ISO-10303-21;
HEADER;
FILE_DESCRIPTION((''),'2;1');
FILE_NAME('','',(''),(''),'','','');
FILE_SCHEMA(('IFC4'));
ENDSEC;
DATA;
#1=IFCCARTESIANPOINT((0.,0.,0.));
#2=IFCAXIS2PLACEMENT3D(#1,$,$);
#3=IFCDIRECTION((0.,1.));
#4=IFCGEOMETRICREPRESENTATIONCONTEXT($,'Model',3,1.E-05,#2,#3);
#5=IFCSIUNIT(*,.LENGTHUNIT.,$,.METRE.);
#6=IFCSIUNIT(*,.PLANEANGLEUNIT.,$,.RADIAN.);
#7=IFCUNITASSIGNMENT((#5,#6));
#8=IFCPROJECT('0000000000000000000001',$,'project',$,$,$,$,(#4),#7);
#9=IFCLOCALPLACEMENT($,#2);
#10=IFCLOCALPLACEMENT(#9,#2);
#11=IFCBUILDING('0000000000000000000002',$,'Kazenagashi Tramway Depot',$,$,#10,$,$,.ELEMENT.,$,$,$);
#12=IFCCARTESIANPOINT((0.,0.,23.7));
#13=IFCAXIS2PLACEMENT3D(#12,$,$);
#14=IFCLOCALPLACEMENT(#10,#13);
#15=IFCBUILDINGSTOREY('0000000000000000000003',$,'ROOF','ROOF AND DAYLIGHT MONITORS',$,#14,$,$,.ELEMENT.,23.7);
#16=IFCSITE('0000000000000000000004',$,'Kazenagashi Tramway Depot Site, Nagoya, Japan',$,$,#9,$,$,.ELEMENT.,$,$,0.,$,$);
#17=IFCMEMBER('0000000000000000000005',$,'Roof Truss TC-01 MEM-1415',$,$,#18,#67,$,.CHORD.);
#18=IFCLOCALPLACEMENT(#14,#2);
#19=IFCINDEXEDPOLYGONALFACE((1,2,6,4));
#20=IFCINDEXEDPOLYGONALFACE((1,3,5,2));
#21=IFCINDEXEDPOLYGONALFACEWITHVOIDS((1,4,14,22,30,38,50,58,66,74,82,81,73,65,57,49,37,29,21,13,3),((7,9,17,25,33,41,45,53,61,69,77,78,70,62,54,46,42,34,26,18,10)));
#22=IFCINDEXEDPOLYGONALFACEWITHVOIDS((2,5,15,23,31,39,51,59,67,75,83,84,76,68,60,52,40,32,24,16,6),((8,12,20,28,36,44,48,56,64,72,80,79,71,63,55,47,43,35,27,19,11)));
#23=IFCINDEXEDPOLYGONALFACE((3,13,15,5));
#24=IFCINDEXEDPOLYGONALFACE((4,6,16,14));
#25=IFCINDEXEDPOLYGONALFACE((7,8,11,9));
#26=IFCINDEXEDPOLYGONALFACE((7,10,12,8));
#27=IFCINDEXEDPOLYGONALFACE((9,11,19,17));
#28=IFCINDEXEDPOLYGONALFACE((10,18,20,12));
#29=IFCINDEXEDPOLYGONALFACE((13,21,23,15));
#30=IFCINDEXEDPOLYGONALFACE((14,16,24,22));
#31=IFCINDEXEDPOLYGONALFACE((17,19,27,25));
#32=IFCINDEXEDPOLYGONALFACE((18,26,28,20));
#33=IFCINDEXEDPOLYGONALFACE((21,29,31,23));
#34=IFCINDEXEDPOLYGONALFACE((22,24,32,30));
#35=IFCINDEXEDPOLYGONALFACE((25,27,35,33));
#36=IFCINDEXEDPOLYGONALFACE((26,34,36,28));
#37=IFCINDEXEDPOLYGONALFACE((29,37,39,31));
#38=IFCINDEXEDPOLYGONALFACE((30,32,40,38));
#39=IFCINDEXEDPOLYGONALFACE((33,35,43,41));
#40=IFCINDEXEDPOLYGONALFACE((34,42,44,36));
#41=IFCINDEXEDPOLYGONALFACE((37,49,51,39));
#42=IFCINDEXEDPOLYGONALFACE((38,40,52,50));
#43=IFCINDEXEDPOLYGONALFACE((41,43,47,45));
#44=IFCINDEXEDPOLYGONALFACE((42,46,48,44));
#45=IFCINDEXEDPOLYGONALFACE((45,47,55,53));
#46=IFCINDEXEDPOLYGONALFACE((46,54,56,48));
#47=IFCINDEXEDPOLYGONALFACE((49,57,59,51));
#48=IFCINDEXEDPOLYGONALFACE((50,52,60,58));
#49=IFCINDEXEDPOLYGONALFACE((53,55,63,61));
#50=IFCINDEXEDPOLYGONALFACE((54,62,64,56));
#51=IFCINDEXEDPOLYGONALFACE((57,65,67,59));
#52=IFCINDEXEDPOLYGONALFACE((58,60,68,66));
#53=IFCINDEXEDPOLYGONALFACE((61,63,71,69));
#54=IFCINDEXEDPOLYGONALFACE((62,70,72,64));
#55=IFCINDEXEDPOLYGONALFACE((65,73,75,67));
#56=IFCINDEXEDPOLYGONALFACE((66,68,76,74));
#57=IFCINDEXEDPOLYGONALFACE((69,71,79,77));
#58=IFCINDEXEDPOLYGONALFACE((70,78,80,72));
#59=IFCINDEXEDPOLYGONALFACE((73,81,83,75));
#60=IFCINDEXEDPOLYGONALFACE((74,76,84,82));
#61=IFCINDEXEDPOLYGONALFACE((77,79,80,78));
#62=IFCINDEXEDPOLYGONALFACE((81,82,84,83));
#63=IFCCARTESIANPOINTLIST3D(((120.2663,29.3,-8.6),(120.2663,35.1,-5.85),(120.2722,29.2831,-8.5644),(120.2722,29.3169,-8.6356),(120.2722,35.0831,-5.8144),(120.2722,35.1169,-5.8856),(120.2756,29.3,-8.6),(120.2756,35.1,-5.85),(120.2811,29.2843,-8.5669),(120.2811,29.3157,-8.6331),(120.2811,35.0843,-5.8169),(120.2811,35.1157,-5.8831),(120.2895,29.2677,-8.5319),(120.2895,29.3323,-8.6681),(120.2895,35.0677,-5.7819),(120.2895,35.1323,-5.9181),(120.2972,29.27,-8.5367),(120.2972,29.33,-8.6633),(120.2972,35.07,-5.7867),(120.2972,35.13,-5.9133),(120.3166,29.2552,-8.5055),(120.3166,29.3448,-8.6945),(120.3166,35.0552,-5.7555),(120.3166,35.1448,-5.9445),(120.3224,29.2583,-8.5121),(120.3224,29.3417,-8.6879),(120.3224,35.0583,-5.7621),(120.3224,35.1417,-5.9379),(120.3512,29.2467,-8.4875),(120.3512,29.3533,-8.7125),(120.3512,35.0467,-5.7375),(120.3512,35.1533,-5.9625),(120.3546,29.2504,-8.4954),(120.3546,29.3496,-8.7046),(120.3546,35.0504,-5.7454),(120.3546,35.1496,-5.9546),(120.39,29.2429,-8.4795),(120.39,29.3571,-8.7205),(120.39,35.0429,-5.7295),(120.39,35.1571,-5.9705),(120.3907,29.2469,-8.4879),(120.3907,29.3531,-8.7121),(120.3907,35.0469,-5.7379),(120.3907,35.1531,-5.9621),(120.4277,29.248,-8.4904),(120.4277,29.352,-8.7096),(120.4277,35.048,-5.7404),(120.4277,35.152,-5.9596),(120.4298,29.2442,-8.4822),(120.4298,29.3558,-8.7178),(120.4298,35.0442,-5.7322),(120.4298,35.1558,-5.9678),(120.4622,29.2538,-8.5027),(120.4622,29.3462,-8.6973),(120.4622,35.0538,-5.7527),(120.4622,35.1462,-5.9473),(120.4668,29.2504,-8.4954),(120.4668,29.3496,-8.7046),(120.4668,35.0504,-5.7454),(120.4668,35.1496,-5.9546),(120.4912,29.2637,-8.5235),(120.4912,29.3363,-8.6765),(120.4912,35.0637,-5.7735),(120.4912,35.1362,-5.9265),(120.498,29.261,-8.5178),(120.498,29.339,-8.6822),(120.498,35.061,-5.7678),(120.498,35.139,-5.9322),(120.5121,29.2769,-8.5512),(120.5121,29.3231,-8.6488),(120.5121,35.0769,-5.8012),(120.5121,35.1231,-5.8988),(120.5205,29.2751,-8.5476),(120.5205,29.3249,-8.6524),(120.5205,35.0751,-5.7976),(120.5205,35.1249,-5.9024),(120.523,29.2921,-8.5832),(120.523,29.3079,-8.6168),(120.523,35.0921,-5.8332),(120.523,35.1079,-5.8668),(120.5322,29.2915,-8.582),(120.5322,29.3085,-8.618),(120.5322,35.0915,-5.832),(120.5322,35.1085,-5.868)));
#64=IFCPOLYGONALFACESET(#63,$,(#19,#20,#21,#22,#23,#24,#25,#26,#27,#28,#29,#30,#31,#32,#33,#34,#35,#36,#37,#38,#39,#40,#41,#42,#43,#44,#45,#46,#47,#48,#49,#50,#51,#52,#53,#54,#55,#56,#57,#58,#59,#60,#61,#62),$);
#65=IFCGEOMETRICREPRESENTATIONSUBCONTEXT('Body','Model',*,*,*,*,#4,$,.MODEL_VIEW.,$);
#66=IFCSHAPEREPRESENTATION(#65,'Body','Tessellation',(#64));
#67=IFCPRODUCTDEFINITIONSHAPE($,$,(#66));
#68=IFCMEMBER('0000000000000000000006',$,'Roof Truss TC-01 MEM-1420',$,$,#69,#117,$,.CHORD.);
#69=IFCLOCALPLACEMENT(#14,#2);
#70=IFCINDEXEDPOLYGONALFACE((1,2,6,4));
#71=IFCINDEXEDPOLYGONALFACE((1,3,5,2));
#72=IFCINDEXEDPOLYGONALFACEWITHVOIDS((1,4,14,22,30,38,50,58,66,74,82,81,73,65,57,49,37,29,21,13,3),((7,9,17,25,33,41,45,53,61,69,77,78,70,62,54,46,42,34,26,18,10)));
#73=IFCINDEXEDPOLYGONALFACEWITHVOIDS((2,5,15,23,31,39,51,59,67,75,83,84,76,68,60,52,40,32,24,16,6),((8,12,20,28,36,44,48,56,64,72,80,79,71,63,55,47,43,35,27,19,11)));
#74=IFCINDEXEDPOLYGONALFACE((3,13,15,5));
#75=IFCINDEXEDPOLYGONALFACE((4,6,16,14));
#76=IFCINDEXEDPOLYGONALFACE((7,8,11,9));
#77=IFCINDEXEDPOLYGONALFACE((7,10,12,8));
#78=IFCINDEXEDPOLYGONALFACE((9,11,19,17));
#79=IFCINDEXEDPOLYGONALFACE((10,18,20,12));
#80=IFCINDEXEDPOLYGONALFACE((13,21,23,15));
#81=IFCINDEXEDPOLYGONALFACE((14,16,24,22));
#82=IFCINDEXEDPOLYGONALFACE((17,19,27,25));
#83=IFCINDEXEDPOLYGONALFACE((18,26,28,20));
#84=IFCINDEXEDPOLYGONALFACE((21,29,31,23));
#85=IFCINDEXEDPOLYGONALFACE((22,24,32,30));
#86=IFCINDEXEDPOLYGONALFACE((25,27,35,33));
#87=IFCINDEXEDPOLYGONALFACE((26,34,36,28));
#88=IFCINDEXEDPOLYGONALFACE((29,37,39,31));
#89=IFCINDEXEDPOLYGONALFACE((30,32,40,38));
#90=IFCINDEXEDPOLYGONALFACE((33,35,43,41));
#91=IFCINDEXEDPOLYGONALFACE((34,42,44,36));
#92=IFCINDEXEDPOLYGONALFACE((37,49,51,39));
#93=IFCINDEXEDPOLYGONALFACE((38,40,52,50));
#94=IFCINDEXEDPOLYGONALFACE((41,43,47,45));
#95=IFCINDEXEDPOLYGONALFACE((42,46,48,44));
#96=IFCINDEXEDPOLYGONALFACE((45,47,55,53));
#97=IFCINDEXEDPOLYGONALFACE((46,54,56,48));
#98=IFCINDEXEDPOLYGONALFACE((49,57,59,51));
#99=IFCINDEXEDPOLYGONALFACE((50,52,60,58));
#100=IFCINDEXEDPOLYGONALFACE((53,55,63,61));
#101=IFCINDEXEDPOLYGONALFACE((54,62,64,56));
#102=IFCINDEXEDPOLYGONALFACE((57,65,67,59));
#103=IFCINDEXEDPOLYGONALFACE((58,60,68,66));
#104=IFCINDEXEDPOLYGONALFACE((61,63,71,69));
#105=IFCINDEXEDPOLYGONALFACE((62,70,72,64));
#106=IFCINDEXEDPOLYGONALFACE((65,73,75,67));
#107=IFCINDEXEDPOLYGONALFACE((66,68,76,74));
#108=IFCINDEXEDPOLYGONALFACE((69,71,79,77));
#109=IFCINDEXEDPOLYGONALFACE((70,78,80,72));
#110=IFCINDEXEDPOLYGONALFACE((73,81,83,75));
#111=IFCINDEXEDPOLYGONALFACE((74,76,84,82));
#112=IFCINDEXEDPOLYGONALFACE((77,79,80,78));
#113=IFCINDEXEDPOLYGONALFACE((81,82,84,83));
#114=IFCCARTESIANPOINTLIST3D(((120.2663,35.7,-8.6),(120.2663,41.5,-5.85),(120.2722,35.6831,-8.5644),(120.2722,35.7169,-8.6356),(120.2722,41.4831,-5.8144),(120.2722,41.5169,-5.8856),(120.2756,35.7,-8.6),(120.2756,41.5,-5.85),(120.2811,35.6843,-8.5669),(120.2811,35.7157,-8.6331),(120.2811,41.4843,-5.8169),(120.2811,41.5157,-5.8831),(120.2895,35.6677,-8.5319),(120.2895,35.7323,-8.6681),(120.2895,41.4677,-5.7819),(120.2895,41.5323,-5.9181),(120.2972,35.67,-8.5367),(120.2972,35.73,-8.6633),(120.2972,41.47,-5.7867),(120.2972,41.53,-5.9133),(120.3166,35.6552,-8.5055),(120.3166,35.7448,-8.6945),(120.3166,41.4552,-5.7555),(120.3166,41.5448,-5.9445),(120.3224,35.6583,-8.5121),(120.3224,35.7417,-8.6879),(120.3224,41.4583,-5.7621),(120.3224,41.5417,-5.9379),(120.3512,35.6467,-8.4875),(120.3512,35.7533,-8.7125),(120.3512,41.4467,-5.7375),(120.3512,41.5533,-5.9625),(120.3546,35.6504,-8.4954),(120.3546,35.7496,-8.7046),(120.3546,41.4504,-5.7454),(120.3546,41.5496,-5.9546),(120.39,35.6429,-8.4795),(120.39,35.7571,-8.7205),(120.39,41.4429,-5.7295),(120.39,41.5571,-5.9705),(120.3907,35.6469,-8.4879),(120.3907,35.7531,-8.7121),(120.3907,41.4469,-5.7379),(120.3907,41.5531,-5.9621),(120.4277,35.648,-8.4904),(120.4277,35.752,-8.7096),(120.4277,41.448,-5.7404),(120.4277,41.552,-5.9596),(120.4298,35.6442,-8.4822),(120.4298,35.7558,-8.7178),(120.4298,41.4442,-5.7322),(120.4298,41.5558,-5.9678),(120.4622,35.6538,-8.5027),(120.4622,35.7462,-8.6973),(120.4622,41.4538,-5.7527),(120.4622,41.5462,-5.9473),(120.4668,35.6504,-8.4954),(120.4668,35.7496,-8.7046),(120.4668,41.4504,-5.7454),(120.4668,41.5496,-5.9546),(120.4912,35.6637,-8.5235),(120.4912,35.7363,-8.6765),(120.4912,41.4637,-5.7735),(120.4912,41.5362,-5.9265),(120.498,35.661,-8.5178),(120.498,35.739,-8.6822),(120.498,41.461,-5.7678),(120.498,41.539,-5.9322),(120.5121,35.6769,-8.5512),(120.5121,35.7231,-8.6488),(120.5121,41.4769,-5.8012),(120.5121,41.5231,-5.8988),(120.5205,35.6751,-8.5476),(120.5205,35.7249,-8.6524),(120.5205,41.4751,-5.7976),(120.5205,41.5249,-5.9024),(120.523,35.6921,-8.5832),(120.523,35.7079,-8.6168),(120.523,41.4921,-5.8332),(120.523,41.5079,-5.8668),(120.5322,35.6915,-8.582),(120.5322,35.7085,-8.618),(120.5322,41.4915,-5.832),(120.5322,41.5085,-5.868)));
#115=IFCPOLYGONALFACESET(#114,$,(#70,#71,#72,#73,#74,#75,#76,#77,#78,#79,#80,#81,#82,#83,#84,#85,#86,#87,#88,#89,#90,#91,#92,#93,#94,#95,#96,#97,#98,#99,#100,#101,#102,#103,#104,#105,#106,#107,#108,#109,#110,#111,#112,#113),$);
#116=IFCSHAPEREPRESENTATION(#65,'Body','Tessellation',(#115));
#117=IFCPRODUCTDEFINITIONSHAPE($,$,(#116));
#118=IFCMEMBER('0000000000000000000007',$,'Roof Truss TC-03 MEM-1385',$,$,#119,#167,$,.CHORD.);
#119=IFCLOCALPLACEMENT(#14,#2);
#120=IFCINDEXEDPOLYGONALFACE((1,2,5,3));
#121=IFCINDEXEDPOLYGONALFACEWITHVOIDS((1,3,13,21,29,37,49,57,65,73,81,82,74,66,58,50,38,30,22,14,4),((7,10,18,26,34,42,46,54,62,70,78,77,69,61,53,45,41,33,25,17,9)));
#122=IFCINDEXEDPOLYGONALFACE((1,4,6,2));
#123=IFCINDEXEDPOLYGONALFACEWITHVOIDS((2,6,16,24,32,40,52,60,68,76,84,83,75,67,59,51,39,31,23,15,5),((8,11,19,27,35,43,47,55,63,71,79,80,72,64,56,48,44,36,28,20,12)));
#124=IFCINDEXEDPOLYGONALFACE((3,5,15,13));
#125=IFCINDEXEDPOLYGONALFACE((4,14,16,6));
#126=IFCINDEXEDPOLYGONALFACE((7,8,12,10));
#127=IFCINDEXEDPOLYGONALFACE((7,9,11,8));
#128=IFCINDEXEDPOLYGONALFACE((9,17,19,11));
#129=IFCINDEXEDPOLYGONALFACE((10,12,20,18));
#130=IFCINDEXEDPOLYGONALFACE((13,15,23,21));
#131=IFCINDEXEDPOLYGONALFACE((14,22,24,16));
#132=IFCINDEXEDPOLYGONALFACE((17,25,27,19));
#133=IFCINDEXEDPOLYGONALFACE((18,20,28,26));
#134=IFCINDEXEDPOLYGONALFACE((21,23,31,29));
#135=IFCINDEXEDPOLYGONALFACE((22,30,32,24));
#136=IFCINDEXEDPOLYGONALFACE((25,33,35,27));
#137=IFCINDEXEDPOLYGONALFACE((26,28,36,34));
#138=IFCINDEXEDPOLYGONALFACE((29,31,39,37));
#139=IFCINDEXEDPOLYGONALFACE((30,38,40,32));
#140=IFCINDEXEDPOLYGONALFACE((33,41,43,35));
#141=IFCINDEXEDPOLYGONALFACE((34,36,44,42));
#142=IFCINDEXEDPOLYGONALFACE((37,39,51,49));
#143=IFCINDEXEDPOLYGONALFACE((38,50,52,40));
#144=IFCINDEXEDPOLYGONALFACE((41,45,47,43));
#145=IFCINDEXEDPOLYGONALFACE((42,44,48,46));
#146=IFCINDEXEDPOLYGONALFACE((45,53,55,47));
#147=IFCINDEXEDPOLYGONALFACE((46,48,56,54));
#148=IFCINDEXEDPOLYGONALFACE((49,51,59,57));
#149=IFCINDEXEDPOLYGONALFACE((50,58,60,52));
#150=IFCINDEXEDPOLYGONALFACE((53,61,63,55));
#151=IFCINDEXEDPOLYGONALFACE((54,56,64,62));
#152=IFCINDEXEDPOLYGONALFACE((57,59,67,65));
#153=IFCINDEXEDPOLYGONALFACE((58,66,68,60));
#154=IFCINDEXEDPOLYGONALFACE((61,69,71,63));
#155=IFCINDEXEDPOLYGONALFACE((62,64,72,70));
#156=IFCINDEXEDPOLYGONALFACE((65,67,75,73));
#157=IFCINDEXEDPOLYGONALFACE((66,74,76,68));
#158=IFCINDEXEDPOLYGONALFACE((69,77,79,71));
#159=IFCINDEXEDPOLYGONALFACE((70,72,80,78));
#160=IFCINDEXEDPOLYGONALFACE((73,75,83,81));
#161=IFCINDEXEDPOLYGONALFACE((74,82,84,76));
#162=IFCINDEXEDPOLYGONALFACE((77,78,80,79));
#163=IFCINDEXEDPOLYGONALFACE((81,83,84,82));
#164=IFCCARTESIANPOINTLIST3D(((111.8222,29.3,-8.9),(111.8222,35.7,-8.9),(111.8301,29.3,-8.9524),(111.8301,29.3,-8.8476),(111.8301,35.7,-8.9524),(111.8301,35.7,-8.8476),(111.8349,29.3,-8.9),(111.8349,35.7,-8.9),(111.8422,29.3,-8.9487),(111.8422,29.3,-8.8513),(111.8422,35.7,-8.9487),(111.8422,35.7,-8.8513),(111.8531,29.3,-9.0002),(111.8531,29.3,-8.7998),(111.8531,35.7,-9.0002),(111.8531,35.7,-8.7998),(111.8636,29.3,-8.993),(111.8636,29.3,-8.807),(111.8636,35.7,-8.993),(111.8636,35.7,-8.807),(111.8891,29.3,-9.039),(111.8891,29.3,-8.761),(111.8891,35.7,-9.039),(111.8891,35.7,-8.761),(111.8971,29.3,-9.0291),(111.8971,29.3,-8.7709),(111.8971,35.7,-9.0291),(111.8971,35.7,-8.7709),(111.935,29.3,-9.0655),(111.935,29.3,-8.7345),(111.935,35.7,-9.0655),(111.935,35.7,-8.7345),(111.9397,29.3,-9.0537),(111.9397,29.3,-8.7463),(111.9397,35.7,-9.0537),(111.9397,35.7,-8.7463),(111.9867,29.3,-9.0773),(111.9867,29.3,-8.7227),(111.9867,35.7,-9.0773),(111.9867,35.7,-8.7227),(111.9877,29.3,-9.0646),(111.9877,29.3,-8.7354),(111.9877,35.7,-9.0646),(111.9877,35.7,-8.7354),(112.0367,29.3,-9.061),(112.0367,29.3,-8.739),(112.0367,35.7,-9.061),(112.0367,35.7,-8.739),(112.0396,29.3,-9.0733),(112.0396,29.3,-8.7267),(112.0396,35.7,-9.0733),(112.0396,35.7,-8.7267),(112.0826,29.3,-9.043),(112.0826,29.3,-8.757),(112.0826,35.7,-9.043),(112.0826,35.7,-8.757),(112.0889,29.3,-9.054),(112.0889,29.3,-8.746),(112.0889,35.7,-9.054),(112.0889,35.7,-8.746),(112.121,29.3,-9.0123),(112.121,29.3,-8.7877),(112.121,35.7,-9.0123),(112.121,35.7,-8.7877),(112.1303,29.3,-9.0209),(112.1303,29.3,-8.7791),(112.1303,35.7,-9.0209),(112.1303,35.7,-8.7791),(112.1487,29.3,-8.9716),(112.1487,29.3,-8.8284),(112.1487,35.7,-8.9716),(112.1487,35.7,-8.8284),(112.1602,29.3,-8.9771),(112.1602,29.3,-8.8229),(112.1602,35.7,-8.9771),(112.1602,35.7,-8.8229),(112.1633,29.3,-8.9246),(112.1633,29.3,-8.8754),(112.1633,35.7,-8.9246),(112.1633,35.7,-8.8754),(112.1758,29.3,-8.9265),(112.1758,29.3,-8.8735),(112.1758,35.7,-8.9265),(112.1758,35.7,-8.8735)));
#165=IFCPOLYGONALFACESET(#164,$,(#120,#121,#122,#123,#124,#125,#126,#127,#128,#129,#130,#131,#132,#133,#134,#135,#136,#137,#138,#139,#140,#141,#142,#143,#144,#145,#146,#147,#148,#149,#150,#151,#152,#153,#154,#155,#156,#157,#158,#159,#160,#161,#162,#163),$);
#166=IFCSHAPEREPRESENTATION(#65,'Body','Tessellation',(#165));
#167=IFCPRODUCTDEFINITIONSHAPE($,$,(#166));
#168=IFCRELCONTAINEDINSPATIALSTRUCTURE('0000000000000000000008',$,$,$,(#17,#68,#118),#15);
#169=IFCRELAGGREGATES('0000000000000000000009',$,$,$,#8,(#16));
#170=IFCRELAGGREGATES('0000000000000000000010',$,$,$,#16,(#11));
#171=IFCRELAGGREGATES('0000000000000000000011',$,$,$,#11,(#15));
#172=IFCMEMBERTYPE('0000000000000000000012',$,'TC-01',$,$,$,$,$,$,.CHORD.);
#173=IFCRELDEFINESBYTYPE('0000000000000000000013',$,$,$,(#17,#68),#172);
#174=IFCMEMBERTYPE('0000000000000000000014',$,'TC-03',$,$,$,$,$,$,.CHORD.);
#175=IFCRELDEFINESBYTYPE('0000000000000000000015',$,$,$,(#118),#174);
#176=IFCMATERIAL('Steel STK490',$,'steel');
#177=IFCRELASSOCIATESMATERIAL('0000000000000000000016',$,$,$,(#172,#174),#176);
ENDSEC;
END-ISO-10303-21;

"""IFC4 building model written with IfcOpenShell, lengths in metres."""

from ifc_helpers import new_model, si_unit, direction, frame, origin, origin_2d, place, context, subcontext, project, spatial, hollow_circle, extrude, material, material_profile, profile_set, type_object, element, save


model = new_model("IFC4")

# Units and contexts
model_context = context("Model", 3, precision=1e-05, world=origin(), true_north=direction((0.0, 1.0)))
body_context = subcontext(model_context, "Body", "Model", "MODEL_VIEW")
ifc_project = project(units=[si_unit("LENGTHUNIT", "METRE"), si_unit("PLANEANGLEUNIT", "RADIAN")], contexts=[model_context])

# Site, building, storey
site_placement = place(None, origin())
site = spatial("IfcSite", under=ifc_project, at=site_placement, Name="Kazenagashi Tramway Depot Site, Nagoya, Japan", CompositionType="ELEMENT", RefElevation=0.0)
building_placement = place(site_placement, origin())
building = spatial("IfcBuilding", under=site, at=building_placement, Name="Kazenagashi Tramway Depot", CompositionType="ELEMENT")
storey_placement = place(building_placement, frame((0.0, 0.0, 23.7)))
storey = spatial("IfcBuildingStorey", under=building, at=storey_placement, Name="ROOF", Description="ROOF AND DAYLIGHT MONITORS", CompositionType="ELEMENT", Elevation=23.7)

# Members
ifc_material_1 = material(Name="Steel STK490", Category="steel")
ifc_material_profile_1 = material_profile(ifc_material_1, hollow_circle(Radius=0.1337, WallThickness=0.0093, at=origin_2d()), Name="CHS-267.4x9.3")
ifc_profile_set_1 = profile_set([ifc_material_profile_1], Name="Steel STK490")
member_type_1 = type_object("IfcMemberType", Name="TC-01", PredefinedType="CHORD", material=ifc_profile_set_1)
for number, where, z_axis, x_axis, name in (
    (1, (120.4, 29.3, -8.6), (0.0, 0.903579, 0.428421), (-1.0, 0.0, 0.0), "Roof Truss TC-01 MEM-1415"),
    (2, (120.4, 35.7, -8.6), (0.0, 0.903579, 0.428421), (-1.0, 0.0, 0.0), "Roof Truss TC-01 MEM-1420"),
):
    element("IfcMember", number, at=place(storey_placement, frame(where, z_axis=z_axis, x_axis=x_axis)), inside=storey, type_object=member_type_1, Name=name, PredefinedType="CHORD", context=body_context, shape_type="SweptSolid", body=[
        extrude(hollow_circle(Radius=0.1337, WallThickness=0.0093, at=origin_2d()), origin(), (0.0, 0.0, 1.0), 6.4189),
    ])
ifc_material_profile_2 = material_profile(ifc_material_1, hollow_circle(Radius=0.1778, WallThickness=0.0127, at=origin_2d()), Name="CHS-355.6x12.7")
ifc_profile_set_2 = profile_set([ifc_material_profile_2], Name="Steel STK490")
member_type_2 = type_object("IfcMemberType", Name="TC-03", PredefinedType="CHORD", material=ifc_profile_set_2)
for number, where, z_axis, x_axis, name in (
    (3, (112.0, 29.3, -8.9), (0.0, 1.0, 0.0), (-1.0, 0.0, 0.0), "Roof Truss TC-03 MEM-1385"),
):
    element("IfcMember", number, at=place(storey_placement, frame(where, z_axis=z_axis, x_axis=x_axis)), inside=storey, type_object=member_type_2, Name=name, PredefinedType="CHORD", context=body_context, shape_type="SweptSolid", body=[
        extrude(hollow_circle(Radius=0.1778, WallThickness=0.0127, at=origin_2d()), origin(), (0.0, 0.0, 1.0), 6.4),
    ])

save(model, "model.ifc")
